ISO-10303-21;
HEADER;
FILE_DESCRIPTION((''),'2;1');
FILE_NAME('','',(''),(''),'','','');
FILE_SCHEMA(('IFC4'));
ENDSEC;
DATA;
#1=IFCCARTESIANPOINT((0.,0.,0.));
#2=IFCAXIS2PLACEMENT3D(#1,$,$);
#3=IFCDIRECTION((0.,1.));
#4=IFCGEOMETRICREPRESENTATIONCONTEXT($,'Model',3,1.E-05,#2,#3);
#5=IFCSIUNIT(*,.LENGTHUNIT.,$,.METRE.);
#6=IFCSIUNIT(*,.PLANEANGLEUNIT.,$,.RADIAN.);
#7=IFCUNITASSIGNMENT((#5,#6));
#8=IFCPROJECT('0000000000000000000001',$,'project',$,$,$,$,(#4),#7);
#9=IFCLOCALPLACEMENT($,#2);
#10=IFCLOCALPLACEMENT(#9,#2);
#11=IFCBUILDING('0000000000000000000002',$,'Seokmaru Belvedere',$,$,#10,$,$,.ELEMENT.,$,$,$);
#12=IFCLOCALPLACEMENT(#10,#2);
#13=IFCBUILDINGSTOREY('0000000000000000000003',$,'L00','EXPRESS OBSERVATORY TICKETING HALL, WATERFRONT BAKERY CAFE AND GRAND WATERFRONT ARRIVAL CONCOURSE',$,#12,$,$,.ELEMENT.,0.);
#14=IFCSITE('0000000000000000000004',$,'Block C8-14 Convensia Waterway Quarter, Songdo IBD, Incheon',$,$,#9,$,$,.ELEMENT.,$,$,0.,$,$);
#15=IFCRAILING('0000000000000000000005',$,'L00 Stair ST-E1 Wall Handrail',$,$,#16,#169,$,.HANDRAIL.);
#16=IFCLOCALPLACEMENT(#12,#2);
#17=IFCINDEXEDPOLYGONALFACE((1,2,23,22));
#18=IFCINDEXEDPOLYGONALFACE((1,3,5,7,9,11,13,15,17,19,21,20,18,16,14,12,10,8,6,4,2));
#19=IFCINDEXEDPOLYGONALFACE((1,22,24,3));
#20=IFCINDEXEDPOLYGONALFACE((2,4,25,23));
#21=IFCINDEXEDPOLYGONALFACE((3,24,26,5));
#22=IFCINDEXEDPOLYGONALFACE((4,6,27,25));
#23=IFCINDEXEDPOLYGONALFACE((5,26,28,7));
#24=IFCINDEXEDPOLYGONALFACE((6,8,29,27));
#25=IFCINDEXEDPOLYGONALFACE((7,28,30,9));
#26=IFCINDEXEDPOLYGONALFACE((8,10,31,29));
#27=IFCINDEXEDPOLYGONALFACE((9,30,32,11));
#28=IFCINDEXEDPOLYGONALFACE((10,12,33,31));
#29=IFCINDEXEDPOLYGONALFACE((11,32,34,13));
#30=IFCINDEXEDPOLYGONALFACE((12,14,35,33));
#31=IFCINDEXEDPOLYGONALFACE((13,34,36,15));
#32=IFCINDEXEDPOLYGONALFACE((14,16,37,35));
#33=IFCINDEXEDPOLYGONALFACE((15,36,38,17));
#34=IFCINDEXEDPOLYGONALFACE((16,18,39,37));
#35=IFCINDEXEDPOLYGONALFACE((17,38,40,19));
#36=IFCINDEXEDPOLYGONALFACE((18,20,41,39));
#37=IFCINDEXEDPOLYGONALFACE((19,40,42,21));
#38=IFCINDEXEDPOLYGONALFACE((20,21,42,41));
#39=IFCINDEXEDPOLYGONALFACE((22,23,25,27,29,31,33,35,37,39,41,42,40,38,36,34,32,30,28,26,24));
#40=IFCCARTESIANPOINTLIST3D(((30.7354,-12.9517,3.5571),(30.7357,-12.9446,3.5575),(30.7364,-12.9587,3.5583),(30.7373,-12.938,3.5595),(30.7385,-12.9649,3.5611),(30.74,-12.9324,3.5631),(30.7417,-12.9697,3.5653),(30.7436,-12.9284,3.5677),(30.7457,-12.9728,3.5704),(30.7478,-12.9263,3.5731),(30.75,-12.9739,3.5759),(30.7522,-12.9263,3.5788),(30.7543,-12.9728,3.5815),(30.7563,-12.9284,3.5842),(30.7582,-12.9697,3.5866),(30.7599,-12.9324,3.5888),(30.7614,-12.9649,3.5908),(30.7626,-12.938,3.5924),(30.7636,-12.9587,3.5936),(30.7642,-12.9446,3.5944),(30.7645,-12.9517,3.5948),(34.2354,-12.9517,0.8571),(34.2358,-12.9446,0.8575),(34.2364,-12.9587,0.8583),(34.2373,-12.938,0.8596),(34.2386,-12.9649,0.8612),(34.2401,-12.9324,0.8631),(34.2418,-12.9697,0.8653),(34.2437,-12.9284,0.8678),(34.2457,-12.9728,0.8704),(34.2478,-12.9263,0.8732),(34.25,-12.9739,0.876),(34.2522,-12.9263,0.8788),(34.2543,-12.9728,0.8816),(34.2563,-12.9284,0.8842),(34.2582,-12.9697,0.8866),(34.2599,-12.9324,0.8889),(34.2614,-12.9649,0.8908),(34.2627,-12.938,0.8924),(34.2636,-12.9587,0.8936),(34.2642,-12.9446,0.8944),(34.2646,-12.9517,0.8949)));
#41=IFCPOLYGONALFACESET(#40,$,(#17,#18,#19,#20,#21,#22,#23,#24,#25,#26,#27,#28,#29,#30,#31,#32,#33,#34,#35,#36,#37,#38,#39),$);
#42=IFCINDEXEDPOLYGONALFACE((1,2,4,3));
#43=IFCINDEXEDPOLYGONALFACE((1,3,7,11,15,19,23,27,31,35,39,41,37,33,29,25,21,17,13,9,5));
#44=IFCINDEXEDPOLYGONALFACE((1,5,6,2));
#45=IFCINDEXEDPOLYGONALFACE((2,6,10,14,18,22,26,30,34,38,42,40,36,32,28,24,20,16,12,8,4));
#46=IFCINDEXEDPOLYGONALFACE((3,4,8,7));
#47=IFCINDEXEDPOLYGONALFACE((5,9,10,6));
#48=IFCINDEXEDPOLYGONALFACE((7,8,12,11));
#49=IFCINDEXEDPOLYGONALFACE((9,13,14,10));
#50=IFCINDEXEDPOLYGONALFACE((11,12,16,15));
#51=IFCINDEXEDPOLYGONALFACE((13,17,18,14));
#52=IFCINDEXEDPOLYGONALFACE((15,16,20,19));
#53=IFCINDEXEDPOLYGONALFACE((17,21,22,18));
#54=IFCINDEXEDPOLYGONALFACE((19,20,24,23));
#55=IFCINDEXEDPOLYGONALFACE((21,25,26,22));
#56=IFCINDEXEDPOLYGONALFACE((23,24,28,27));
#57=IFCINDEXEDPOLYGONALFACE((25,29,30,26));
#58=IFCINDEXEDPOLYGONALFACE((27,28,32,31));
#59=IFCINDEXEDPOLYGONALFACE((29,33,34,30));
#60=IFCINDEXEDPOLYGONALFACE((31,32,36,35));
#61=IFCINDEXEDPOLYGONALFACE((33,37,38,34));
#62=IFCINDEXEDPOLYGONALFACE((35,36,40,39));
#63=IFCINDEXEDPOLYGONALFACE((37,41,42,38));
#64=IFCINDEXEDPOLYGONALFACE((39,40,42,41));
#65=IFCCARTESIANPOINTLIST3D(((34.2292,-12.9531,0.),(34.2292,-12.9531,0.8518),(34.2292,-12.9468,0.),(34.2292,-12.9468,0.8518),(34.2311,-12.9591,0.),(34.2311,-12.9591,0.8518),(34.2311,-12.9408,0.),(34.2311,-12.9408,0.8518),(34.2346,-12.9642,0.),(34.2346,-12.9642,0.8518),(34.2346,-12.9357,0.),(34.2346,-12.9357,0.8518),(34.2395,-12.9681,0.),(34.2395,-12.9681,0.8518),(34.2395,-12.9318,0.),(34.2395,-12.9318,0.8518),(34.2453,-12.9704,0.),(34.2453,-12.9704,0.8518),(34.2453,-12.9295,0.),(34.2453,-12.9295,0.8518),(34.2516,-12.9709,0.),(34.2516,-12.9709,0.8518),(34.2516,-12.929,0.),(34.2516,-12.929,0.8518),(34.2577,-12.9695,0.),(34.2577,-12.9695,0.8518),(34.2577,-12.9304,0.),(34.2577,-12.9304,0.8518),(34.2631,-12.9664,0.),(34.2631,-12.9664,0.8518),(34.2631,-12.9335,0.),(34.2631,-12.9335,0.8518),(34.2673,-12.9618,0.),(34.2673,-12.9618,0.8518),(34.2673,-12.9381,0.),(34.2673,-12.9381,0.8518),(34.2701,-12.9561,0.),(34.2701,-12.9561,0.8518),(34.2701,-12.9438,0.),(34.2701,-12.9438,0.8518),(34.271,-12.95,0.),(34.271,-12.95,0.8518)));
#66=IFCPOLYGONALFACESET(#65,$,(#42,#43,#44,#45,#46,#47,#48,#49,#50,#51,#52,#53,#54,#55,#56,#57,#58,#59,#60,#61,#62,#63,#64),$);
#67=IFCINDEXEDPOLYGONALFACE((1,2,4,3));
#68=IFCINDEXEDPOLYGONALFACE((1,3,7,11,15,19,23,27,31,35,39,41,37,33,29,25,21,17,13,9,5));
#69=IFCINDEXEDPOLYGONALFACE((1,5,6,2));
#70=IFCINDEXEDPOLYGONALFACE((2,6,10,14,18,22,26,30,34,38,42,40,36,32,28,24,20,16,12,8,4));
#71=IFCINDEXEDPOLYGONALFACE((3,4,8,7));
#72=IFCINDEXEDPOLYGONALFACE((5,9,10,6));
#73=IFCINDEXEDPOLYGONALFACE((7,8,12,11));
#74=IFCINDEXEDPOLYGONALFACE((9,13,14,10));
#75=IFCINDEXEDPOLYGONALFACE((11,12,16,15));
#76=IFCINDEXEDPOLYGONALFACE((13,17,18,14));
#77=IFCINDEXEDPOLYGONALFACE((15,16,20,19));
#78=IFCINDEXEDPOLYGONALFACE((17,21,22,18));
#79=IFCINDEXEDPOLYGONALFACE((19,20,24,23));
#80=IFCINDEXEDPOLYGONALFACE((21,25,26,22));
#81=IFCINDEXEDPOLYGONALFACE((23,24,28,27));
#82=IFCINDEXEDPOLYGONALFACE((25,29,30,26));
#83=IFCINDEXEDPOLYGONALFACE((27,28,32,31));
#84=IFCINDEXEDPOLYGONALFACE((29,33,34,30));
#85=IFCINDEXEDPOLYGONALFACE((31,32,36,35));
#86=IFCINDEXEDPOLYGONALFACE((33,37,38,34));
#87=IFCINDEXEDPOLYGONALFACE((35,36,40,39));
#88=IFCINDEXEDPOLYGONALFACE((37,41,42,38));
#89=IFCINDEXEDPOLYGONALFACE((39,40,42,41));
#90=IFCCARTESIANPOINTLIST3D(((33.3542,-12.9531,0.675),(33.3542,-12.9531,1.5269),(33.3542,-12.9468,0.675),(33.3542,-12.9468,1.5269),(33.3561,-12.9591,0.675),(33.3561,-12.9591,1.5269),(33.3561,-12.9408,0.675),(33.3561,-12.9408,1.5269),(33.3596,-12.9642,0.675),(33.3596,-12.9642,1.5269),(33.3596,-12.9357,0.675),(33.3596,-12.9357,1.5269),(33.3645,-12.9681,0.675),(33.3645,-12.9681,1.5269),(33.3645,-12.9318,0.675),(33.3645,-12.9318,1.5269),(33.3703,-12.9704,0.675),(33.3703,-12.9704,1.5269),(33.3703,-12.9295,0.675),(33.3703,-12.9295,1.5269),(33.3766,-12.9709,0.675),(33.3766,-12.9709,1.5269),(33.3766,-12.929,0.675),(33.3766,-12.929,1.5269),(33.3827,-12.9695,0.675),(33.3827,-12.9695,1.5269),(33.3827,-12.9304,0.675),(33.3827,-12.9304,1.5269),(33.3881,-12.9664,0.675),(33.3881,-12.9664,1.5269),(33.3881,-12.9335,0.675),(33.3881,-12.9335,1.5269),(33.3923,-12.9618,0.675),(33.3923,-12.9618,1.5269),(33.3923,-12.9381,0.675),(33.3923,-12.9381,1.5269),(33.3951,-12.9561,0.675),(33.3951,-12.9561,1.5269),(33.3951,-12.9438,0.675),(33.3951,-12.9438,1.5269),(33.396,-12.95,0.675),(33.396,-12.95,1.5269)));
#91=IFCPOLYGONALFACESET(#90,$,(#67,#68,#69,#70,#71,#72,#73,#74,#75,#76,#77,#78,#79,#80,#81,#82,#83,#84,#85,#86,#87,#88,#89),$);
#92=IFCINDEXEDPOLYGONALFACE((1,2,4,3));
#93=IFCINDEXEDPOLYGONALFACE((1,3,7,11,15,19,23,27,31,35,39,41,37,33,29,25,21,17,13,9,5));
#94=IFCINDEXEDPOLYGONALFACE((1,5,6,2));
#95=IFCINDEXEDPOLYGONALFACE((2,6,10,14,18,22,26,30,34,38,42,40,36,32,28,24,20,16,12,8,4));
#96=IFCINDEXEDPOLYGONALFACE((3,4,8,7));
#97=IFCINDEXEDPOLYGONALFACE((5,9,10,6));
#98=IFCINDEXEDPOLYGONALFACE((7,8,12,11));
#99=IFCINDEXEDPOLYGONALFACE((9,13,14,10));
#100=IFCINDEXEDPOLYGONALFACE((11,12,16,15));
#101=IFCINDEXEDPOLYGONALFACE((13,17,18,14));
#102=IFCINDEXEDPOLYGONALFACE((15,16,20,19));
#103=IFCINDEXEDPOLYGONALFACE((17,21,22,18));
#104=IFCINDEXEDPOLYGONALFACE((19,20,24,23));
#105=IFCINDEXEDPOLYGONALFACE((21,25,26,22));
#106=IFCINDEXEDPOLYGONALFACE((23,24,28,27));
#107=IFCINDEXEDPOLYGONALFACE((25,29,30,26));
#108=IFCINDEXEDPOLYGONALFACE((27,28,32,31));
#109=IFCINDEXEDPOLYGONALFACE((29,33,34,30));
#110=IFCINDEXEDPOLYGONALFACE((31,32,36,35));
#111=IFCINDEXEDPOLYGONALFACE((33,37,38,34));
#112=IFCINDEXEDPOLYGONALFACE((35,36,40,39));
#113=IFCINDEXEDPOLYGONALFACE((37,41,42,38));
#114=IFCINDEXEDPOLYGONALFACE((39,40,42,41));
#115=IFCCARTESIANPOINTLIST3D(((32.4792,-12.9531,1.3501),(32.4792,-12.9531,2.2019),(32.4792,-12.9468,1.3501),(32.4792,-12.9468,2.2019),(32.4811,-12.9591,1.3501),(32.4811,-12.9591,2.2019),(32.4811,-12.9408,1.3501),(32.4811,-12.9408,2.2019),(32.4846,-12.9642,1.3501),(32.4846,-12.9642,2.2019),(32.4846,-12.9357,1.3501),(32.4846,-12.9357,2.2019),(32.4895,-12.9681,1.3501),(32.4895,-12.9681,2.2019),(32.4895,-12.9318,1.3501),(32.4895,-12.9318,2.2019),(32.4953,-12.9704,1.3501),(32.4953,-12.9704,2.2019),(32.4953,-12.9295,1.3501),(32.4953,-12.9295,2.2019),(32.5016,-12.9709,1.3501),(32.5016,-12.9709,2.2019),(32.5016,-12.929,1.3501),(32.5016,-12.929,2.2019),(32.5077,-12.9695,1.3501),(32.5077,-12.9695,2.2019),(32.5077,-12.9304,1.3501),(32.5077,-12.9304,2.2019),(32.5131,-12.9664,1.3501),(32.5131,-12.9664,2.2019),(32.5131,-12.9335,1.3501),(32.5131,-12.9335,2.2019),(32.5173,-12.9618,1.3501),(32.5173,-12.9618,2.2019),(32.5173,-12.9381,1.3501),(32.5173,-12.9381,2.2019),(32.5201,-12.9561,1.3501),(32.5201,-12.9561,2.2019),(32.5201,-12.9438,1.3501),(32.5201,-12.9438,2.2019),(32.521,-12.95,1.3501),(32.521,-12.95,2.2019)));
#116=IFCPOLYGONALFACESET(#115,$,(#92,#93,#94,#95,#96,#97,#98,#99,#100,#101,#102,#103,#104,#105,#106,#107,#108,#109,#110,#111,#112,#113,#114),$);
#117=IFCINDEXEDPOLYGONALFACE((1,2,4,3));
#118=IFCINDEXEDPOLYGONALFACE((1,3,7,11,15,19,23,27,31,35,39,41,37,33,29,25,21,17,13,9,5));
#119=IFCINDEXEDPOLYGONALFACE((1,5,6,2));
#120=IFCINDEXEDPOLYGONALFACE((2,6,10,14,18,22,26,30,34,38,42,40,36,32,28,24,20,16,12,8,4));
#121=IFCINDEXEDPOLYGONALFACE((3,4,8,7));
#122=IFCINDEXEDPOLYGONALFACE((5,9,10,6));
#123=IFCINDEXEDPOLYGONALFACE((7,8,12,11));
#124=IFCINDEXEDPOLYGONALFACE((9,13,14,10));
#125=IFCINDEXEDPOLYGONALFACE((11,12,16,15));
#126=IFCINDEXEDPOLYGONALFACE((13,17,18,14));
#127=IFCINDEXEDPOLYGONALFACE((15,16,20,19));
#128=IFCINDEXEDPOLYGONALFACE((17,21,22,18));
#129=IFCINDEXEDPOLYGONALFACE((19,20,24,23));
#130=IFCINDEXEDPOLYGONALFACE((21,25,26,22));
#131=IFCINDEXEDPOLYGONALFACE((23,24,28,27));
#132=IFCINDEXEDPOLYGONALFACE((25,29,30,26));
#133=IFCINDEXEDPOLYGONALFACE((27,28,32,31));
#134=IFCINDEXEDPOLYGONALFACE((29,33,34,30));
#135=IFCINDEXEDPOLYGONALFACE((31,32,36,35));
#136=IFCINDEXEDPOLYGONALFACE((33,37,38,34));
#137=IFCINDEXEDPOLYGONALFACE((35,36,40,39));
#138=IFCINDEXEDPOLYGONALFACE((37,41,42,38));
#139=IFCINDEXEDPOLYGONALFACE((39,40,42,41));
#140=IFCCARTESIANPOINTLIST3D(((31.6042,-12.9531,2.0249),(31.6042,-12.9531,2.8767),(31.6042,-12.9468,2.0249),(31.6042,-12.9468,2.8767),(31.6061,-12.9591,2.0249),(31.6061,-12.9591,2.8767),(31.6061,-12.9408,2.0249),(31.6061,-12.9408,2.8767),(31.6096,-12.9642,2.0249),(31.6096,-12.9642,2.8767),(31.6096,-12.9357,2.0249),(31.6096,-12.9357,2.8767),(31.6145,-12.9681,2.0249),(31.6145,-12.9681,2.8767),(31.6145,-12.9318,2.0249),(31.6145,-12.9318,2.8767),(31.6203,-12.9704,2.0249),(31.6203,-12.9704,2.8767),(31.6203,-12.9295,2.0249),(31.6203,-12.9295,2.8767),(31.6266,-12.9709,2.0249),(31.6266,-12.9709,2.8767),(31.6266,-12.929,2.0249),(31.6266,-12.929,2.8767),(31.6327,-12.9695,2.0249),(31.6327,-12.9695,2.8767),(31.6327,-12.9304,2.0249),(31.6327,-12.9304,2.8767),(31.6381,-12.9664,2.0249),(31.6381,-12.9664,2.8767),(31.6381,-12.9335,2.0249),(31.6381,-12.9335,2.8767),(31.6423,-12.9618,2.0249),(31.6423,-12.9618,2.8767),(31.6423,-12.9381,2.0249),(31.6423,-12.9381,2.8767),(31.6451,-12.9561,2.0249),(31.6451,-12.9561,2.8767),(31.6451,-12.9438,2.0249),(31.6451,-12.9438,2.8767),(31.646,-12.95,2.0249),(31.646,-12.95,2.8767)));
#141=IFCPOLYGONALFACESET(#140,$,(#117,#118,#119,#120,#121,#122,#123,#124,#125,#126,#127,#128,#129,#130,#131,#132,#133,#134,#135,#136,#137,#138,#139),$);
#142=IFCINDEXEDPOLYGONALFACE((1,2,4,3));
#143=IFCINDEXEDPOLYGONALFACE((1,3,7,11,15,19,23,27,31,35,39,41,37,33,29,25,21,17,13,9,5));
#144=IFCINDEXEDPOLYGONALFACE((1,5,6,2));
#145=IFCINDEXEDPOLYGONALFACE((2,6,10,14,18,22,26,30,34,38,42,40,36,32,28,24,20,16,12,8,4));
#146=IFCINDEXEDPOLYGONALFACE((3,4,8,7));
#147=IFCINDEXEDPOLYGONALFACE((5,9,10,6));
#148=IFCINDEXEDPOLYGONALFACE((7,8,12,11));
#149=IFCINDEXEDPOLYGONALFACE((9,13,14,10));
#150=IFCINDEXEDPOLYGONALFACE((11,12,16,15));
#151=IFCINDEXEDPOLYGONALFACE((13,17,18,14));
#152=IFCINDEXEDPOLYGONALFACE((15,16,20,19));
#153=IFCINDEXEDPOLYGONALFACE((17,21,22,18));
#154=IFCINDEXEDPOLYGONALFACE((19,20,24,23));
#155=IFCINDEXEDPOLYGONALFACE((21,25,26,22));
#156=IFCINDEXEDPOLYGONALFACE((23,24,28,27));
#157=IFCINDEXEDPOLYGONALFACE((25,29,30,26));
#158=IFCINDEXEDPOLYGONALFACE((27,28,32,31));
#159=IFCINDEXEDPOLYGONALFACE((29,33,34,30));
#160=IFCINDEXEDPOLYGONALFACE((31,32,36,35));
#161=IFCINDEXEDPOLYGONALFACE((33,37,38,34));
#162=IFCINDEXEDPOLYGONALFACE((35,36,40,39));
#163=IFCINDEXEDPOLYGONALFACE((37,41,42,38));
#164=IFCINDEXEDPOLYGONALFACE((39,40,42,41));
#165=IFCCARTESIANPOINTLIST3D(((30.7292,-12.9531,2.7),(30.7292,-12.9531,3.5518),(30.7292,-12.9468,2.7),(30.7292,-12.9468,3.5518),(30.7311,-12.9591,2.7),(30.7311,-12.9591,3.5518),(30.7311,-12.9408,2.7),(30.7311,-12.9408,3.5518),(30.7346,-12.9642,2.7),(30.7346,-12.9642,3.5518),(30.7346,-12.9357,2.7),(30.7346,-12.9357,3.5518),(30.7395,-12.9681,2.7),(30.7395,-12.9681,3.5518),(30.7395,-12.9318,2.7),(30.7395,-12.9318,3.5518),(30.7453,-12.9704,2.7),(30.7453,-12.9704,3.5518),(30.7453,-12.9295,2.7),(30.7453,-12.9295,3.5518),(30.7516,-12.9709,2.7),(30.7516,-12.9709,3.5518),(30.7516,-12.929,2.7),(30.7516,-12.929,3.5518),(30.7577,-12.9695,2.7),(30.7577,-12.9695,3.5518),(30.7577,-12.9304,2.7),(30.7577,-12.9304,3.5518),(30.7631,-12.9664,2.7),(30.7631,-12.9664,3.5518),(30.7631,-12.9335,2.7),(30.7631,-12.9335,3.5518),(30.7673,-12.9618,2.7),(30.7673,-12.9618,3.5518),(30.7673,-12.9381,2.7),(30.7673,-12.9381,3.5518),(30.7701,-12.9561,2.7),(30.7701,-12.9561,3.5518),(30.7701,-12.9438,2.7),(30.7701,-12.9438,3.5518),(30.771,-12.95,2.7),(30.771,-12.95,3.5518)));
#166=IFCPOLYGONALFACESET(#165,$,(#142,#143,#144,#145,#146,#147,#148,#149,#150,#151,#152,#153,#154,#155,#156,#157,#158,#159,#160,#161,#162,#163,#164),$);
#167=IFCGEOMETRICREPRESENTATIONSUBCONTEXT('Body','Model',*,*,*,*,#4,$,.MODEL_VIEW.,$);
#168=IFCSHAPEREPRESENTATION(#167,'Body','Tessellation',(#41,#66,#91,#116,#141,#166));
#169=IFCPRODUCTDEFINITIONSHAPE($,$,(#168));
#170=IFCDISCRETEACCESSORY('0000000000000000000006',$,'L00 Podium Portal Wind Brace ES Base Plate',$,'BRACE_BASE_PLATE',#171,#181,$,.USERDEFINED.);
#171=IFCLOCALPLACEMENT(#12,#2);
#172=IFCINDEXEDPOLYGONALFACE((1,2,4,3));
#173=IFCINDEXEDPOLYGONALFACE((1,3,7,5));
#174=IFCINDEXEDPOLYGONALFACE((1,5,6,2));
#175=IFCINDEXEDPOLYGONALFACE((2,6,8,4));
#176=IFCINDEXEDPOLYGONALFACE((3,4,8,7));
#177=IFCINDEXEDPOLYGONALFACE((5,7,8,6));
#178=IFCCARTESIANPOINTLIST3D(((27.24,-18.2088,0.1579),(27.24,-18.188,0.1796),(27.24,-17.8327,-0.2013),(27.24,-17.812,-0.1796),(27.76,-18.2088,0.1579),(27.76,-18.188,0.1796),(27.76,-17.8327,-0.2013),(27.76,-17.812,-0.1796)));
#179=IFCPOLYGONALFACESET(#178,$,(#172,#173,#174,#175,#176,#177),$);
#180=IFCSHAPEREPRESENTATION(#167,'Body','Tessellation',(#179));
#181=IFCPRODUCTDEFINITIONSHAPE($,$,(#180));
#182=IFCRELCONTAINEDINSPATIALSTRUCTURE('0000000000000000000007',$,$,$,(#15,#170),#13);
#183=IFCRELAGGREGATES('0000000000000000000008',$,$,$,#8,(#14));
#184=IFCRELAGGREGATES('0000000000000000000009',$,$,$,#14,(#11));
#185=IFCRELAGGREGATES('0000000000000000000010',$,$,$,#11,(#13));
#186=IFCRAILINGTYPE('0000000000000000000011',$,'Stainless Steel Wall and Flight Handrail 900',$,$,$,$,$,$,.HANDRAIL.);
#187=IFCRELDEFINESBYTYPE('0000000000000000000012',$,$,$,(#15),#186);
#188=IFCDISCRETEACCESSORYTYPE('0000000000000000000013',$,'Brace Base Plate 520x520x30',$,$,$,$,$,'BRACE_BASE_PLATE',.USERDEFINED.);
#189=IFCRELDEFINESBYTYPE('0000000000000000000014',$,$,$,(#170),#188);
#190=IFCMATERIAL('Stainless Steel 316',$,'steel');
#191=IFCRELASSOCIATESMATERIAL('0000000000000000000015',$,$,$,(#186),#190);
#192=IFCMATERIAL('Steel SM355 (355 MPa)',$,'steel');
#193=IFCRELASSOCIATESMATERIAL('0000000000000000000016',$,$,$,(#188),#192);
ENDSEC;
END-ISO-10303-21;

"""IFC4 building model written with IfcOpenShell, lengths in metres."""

from ifc_helpers import new_model, si_unit, direction, frame, origin, origin_2d, place, context, subcontext, project, spatial, rectangle, circle, extrude, material, type_object, element, save


model = new_model("IFC4")

# Units and contexts
model_context = context("Model", 3, precision=1e-05, world=origin(), true_north=direction((0.0, 1.0)))
body_context = subcontext(model_context, "Body", "Model", "MODEL_VIEW")
ifc_project = project(units=[si_unit("LENGTHUNIT", "METRE"), si_unit("PLANEANGLEUNIT", "RADIAN")], contexts=[model_context])

# Site, building, storey
site_placement = place(None, origin())
site = spatial("IfcSite", under=ifc_project, at=site_placement, Name="Block C8-14 Convensia Waterway Quarter, Songdo IBD, Incheon", CompositionType="ELEMENT", RefElevation=0.0)
building_placement = place(site_placement, origin())
building = spatial("IfcBuilding", under=site, at=building_placement, Name="Seokmaru Belvedere", CompositionType="ELEMENT")
storey_placement = place(building_placement, origin())
storey = spatial("IfcBuildingStorey", under=building, at=storey_placement, Name="L00", Description="EXPRESS OBSERVATORY TICKETING HALL, WATERFRONT BAKERY CAFE AND GRAND WATERFRONT ARRIVAL CONCOURSE", CompositionType="ELEMENT", Elevation=0.0)

# Shared definitions
ifc_material_1 = material(Name="Steel SM355 (355 MPa)", Category="steel")

# Shared definitions
ifc_material_2 = material(Name="Stainless Steel 316", Category="steel")

# Railing
railing_type_1 = type_object("IfcRailingType", Name="Stainless Steel Wall and Flight Handrail 900", PredefinedType="HANDRAIL", material=ifc_material_2)
railing_1_placement = place(storey_placement, frame((34.25, -12.95, 0.0)))
element("IfcRailing", 1, at=railing_1_placement, inside=storey, type_object=railing_type_1, Name="L00 Stair ST-E1 Wall Handrail", PredefinedType="HANDRAIL", context=body_context, shape_type="SweptSolid", body=[
    extrude(circle(Radius=0.0239, at=origin_2d()), frame((0.0, 0.0, 0.876), z_axis=(-0.791788, 0.0, 0.610797), x_axis=(0.0, -1.0, 0.0)), (0.0, 0.0, 1.0), 4.4204),
    extrude(circle(Radius=0.021, at=origin_2d()), origin(), (0.0, 0.0, 1.0), 0.8518),
    extrude(circle(Radius=0.021, at=origin_2d()), frame((-0.875, 0.0, 0.675)), (0.0, 0.0, 1.0), 0.8518),
    extrude(circle(Radius=0.021, at=origin_2d()), frame((-1.75, 0.0, 1.3501)), (0.0, 0.0, 1.0), 0.8518),
    extrude(circle(Radius=0.021, at=origin_2d()), frame((-2.625, 0.0, 2.0249)), (0.0, 0.0, 1.0), 0.8518),
    extrude(circle(Radius=0.021, at=origin_2d()), frame((-3.5, 0.0, 2.7)), (0.0, 0.0, 1.0), 0.8518),
])

# Discrete accessory
discrete_accessory_type = type_object("IfcDiscreteAccessoryType", Name="Brace Base Plate 520x520x30", ElementType="BRACE_BASE_PLATE", PredefinedType="USERDEFINED", material=ifc_material_1)
discrete_accessory_placement = place(storey_placement, frame((27.5, -18.0, 0.0), z_axis=(0.0, -0.690669, -0.723171), x_axis=(1.0, 0.0, 0.0)))
element("IfcDiscreteAccessory", 2, at=discrete_accessory_placement, inside=storey, type_object=discrete_accessory_type, Name="L00 Podium Portal Wind Brace ES Base Plate", ObjectType="BRACE_BASE_PLATE", PredefinedType="USERDEFINED", context=body_context, shape_type="SweptSolid", body=[
    extrude(rectangle(XDim=0.52, YDim=0.52, at=origin_2d()), origin(), (0.0, 0.0, 1.0), 0.03),
])

save(model, "model.ifc")
